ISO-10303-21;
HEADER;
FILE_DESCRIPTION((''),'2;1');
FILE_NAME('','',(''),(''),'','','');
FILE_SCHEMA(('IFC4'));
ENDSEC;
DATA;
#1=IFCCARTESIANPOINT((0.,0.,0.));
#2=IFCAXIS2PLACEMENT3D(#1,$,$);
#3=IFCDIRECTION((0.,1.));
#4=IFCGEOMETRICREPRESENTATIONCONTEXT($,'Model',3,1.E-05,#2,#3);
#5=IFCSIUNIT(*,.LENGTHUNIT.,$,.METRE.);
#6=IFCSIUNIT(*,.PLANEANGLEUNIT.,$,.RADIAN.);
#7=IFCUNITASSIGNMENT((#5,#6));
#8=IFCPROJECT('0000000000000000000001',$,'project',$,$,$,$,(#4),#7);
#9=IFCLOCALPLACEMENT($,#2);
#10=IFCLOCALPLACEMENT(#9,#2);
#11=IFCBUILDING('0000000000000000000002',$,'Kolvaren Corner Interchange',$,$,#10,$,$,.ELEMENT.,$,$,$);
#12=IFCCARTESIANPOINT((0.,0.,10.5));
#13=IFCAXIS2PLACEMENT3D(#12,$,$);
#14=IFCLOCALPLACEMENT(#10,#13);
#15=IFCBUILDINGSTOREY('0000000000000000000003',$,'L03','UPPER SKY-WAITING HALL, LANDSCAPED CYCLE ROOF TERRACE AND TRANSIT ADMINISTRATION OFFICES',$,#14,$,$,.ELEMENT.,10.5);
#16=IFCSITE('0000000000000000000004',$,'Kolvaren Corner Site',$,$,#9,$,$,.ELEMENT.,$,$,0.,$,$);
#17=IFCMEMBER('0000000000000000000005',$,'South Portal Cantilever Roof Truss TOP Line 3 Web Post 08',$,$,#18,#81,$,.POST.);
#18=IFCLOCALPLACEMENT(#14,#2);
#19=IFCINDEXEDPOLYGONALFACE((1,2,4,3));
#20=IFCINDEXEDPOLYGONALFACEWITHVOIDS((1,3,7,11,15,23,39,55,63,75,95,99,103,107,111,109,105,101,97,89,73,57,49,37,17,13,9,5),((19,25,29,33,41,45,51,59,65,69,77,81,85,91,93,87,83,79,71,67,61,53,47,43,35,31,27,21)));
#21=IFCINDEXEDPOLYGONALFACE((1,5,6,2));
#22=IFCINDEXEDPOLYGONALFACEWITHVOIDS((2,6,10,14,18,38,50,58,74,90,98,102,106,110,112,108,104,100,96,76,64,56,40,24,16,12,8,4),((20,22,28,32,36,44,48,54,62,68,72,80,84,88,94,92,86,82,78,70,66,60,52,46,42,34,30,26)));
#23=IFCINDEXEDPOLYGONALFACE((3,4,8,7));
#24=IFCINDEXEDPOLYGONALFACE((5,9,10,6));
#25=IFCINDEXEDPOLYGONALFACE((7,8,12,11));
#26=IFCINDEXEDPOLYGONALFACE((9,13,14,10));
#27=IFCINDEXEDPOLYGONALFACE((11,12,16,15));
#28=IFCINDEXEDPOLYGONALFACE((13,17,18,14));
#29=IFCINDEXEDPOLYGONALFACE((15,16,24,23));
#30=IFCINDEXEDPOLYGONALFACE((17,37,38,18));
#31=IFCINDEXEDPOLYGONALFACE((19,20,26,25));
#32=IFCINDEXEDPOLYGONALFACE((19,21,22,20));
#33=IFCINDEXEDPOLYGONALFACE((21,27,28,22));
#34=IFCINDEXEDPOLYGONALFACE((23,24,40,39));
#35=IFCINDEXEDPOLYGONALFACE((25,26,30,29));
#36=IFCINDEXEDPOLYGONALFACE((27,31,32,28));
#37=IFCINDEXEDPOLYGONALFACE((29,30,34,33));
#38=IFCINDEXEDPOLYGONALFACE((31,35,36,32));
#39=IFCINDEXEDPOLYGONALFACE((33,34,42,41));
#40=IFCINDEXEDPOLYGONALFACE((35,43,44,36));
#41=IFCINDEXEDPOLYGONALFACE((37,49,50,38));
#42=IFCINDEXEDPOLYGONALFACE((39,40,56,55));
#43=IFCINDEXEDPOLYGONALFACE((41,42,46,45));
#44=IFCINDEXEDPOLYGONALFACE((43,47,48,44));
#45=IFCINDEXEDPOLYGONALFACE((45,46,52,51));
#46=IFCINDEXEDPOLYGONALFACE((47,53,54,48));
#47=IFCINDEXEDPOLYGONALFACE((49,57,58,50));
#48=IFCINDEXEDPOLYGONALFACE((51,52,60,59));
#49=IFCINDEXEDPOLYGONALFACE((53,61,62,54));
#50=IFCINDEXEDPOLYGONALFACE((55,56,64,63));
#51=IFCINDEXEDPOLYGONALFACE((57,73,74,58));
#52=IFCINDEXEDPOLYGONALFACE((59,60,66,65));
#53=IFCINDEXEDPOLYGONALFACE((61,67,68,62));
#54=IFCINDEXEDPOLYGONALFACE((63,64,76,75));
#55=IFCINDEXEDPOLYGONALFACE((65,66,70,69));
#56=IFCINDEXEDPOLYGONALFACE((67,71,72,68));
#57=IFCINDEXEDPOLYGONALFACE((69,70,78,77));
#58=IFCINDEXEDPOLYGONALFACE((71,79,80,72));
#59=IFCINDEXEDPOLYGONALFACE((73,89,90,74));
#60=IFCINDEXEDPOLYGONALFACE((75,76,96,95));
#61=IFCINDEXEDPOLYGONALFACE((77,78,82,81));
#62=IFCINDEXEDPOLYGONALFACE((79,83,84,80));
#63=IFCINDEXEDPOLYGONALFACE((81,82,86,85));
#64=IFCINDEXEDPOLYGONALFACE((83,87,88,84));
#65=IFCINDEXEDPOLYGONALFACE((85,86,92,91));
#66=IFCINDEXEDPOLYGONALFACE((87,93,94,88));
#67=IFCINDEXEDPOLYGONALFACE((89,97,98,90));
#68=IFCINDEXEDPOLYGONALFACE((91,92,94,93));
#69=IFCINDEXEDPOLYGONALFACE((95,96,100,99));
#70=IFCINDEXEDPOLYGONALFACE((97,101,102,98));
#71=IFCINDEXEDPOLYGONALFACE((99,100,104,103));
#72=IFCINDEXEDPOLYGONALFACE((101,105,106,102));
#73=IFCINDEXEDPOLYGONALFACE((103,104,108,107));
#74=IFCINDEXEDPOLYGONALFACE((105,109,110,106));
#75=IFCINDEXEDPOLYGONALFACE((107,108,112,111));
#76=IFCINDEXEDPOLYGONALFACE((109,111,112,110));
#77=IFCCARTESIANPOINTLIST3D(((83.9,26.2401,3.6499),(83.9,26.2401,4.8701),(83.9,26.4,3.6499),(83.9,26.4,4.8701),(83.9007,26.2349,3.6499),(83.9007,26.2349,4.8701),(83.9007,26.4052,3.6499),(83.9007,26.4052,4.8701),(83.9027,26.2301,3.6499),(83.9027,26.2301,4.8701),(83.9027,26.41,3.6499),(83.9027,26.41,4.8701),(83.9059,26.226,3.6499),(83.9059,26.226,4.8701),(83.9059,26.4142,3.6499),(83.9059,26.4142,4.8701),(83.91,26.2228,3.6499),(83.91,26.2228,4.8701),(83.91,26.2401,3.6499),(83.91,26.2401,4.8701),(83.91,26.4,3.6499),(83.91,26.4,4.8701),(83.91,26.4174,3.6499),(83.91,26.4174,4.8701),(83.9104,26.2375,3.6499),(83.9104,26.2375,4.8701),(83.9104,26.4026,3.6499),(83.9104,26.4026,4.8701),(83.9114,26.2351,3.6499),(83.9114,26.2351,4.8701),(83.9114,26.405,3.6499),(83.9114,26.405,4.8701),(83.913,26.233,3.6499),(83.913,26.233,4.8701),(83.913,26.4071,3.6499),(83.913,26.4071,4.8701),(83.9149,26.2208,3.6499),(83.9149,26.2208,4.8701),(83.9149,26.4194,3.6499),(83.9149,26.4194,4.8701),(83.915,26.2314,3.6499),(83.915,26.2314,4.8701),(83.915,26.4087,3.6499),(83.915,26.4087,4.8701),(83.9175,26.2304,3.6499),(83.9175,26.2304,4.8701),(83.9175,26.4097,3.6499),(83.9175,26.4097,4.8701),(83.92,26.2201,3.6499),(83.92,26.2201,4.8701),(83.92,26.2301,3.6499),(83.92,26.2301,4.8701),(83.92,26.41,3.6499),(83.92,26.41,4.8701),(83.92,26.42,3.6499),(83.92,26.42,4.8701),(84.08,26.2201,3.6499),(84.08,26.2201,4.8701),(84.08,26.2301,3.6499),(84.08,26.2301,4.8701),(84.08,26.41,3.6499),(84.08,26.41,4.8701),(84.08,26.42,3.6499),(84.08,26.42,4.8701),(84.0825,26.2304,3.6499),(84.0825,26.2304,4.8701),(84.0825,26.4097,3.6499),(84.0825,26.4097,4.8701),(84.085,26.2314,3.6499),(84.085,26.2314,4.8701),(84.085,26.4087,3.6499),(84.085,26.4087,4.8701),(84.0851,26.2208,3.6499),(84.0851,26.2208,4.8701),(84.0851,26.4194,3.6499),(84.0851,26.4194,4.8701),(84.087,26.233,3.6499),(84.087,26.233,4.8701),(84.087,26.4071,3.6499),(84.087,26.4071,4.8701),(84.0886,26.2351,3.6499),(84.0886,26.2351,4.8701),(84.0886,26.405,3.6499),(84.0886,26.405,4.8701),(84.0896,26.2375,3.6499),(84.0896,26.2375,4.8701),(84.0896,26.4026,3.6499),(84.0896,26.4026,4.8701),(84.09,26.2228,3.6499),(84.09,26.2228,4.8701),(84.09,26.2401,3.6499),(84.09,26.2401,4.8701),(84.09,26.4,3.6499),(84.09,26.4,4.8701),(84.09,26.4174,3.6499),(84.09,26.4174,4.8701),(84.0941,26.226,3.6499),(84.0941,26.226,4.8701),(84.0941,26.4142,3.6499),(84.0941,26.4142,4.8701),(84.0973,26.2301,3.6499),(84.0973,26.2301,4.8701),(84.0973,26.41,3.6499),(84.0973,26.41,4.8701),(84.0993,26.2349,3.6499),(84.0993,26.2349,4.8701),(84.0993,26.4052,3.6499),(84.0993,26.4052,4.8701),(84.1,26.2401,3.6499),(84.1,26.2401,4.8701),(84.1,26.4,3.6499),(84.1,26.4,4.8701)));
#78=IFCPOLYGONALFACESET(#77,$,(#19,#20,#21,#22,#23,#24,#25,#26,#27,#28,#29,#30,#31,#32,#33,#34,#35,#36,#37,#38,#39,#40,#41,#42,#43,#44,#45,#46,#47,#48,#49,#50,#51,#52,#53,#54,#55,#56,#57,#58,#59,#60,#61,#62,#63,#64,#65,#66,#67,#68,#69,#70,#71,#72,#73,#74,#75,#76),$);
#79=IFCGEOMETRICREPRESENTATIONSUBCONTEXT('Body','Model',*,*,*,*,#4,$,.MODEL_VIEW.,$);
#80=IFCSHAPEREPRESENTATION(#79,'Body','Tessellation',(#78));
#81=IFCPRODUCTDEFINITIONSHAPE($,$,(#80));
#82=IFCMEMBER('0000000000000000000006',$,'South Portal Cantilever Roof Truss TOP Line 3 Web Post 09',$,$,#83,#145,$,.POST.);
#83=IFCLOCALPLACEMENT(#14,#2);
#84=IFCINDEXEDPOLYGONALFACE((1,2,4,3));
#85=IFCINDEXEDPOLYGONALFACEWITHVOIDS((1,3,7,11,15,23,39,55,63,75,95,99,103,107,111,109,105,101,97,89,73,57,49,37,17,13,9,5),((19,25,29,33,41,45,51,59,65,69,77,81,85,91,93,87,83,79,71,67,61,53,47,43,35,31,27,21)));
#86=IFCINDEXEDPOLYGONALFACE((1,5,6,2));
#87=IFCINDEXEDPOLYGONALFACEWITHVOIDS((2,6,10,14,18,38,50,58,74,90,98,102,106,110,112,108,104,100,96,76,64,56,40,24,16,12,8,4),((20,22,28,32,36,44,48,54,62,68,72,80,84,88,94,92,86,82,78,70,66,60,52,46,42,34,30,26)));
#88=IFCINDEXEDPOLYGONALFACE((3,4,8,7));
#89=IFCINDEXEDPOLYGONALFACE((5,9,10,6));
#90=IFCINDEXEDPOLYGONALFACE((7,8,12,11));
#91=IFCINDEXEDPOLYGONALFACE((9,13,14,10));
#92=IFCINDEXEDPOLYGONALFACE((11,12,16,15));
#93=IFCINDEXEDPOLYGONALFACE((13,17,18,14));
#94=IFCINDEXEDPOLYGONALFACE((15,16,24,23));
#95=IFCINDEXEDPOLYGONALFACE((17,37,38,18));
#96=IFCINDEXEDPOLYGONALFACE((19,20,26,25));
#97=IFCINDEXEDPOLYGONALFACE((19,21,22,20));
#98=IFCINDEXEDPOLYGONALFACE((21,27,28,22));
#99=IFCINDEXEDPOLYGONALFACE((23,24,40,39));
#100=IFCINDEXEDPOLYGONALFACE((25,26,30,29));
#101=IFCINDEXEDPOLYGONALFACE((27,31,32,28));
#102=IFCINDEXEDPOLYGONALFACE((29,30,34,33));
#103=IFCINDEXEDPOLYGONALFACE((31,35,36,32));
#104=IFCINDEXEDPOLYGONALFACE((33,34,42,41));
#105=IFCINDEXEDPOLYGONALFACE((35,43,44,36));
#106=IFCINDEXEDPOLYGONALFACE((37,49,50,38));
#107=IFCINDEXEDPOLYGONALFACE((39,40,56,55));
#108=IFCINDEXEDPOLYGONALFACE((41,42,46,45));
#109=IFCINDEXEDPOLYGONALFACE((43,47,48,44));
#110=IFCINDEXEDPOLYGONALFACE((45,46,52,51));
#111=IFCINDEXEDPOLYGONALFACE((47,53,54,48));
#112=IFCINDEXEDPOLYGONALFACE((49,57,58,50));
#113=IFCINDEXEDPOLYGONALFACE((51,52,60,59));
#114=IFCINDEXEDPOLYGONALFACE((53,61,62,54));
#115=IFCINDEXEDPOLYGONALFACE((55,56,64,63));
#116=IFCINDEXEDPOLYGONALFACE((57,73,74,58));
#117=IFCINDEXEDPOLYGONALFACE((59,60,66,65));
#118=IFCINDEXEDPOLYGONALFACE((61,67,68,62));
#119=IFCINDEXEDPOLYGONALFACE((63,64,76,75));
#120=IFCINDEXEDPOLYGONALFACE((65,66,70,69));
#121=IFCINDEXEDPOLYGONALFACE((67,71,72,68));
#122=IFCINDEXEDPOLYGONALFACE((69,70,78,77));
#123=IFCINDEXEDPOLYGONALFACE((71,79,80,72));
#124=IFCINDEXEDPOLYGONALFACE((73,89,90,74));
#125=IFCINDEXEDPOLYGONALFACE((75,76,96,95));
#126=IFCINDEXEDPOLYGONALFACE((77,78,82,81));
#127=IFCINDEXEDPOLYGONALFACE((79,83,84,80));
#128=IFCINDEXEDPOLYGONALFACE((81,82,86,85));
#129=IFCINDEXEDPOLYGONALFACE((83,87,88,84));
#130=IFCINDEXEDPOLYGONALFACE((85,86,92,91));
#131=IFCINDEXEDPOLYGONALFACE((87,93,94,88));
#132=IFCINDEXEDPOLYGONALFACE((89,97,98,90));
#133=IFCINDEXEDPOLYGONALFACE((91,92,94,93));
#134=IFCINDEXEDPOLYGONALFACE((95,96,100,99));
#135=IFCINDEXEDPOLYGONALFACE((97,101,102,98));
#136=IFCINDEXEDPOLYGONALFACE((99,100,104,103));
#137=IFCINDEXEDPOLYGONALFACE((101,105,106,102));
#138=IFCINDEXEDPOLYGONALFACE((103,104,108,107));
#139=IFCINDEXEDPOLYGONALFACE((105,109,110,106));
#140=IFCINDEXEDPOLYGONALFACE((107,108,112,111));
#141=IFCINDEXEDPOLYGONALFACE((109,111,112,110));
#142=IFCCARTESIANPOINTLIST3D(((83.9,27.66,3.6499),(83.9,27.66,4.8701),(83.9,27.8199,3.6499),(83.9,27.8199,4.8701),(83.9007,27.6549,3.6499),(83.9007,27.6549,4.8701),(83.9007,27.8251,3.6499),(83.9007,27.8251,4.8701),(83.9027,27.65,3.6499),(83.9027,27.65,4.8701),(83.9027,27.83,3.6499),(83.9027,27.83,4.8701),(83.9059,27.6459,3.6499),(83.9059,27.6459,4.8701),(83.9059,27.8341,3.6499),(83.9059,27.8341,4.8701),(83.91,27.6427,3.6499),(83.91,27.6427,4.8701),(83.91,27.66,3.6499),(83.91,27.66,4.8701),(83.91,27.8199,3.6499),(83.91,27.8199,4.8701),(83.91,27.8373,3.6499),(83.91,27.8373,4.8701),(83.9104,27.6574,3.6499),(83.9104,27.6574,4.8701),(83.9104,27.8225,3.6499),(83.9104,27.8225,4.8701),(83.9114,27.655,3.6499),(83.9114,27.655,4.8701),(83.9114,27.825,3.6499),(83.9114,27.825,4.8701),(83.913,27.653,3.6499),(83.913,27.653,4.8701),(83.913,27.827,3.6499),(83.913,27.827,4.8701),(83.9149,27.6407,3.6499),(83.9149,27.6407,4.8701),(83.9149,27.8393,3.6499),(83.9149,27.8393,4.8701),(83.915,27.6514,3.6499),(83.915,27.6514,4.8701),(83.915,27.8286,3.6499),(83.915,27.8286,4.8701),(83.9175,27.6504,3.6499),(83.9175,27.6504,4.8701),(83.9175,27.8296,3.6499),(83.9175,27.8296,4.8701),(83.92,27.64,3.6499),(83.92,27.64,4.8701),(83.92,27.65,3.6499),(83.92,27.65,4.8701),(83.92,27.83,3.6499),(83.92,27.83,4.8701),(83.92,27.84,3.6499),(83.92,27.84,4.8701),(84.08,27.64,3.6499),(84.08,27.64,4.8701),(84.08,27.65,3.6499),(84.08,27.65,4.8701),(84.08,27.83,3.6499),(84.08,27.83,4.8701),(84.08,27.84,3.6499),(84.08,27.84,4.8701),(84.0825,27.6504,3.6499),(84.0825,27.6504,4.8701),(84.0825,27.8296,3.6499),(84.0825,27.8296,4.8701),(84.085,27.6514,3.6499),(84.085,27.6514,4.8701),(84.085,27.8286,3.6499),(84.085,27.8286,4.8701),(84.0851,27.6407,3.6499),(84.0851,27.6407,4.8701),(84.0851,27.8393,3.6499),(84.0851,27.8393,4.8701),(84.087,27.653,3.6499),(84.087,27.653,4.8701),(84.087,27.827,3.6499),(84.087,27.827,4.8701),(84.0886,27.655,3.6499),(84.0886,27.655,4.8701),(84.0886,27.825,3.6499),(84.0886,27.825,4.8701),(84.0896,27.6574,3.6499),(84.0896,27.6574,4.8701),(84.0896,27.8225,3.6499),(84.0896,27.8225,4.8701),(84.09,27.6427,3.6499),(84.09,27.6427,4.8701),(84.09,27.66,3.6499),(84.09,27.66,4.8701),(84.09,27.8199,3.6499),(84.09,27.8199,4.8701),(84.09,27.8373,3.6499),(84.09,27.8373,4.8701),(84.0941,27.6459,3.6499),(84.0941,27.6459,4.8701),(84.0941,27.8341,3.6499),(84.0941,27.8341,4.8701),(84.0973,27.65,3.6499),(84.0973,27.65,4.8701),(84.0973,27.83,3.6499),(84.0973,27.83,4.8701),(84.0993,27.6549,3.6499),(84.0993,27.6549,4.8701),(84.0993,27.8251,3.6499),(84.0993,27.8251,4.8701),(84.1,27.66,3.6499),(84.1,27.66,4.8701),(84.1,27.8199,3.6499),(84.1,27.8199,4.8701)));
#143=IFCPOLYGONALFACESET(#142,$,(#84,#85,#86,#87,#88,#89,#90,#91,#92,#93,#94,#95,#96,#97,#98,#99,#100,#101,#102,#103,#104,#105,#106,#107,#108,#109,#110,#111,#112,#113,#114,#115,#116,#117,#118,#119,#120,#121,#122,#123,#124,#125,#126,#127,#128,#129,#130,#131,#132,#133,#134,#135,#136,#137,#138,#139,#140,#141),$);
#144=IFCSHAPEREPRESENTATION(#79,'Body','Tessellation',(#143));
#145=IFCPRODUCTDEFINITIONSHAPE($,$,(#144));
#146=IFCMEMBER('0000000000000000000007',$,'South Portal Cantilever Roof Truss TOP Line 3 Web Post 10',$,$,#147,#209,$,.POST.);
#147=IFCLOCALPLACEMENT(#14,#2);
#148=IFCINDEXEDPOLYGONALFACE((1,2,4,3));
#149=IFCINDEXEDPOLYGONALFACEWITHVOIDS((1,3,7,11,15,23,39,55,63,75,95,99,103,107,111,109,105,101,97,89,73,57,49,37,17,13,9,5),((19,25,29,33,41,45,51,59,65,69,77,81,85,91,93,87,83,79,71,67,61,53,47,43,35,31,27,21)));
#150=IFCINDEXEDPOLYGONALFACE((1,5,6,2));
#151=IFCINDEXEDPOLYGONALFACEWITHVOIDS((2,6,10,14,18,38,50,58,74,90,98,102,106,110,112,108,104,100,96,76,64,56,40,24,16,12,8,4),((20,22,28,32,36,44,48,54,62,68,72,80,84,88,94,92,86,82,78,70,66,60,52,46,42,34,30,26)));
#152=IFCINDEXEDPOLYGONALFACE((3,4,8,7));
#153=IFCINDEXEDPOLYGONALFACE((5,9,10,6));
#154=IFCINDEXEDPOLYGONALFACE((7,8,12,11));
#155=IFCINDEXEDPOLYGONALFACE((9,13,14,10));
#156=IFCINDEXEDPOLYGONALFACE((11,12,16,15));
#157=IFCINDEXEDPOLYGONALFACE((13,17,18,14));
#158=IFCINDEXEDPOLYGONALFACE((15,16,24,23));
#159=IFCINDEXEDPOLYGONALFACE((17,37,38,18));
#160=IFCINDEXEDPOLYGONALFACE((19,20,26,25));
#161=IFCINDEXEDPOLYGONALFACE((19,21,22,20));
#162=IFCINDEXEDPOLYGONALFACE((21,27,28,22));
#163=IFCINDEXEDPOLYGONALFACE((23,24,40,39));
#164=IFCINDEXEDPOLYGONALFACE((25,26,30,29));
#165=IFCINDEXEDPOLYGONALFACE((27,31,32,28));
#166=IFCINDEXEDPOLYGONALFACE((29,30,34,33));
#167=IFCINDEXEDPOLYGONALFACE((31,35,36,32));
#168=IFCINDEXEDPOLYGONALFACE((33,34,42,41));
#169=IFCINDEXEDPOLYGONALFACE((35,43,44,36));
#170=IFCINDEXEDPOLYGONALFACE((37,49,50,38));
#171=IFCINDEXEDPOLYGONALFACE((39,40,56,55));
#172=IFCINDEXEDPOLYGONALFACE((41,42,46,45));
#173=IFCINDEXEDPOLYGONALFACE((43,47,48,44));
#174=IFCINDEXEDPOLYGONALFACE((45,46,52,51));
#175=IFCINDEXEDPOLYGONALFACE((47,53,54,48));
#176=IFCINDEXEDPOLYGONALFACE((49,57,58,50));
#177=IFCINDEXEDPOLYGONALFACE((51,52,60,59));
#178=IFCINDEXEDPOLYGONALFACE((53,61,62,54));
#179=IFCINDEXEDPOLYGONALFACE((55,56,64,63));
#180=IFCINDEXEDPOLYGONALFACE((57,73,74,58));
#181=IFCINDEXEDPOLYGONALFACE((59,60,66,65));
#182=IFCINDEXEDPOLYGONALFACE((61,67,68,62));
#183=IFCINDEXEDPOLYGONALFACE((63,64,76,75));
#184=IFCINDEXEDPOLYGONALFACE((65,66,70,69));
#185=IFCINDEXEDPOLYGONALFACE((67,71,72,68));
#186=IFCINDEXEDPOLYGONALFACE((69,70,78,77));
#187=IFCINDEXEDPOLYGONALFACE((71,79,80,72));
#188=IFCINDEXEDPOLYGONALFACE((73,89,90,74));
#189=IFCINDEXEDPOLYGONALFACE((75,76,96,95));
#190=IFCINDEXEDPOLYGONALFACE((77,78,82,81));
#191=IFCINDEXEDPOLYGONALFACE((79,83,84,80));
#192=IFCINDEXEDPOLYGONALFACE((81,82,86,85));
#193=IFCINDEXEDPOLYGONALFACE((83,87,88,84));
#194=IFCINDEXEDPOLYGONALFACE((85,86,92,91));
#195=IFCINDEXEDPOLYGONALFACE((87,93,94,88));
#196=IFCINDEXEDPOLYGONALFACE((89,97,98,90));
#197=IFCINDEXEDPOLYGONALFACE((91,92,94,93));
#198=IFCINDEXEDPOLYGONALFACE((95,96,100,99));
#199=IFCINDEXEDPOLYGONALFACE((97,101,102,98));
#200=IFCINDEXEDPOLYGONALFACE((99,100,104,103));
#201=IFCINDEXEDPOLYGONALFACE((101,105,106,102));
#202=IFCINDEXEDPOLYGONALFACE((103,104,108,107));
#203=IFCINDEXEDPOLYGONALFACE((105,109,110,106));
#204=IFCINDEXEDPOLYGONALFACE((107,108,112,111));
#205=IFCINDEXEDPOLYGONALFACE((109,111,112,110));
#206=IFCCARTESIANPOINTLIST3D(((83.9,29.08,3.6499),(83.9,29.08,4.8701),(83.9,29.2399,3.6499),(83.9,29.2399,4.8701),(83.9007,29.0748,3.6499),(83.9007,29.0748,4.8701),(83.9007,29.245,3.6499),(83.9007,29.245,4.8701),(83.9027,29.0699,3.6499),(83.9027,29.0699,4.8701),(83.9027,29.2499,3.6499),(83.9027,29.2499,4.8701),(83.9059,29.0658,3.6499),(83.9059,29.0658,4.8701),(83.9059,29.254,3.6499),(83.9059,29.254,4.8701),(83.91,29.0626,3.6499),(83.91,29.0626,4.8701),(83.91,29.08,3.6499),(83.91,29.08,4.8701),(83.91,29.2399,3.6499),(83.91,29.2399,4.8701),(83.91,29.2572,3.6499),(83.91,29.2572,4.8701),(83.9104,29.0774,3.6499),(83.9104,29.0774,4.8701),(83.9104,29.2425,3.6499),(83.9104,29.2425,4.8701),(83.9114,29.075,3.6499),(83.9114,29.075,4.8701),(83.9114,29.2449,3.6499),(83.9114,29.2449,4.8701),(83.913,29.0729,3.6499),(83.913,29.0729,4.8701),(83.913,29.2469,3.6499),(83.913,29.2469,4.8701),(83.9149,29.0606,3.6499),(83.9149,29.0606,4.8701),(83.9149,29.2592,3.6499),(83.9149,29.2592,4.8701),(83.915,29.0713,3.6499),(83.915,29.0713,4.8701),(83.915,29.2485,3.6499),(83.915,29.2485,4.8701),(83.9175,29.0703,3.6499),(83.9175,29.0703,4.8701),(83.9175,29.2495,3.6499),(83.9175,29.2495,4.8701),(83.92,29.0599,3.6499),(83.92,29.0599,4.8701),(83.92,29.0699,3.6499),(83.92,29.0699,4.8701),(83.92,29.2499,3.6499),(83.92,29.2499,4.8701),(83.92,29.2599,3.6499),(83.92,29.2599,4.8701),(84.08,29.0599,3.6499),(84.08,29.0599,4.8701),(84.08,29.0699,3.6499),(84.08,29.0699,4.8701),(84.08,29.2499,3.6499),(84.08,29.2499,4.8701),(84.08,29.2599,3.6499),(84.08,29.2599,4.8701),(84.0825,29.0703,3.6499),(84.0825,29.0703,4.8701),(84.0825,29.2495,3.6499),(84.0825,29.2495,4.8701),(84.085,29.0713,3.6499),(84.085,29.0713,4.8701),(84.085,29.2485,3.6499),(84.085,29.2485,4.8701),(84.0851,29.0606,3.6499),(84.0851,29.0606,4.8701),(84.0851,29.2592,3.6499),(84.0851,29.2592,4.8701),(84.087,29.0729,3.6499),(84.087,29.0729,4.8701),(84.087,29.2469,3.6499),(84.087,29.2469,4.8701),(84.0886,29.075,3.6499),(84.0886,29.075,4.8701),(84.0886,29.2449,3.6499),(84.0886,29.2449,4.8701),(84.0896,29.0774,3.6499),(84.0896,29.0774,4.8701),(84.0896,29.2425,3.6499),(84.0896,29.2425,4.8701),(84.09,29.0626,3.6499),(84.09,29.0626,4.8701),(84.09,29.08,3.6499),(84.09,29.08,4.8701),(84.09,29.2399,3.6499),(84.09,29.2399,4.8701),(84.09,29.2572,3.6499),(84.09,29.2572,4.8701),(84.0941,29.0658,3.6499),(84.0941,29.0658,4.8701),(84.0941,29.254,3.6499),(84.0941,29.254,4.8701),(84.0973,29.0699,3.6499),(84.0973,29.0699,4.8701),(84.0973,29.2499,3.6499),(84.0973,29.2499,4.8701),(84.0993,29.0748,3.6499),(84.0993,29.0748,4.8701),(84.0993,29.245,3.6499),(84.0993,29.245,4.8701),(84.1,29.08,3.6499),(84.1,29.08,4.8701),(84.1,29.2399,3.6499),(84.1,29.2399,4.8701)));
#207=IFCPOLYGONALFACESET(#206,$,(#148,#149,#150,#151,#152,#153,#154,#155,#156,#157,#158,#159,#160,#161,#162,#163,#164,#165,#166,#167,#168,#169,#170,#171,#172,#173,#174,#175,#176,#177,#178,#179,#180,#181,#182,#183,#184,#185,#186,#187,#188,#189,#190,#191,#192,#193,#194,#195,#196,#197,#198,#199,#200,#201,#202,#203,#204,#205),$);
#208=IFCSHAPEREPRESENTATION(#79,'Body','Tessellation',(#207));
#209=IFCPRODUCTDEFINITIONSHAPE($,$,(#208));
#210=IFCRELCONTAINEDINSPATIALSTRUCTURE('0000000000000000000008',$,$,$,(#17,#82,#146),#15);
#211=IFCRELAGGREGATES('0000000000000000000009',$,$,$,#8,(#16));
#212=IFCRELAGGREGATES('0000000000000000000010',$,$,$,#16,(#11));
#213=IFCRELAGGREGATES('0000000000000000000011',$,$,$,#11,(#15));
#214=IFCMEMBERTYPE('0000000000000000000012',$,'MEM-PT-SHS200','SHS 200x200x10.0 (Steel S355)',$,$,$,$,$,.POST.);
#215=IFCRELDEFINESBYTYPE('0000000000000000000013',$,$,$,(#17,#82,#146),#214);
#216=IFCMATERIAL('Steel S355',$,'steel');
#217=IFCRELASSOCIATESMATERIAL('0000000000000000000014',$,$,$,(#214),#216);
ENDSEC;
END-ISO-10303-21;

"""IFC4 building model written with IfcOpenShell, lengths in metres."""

from ifc_helpers import new_model, si_unit, direction, frame, origin, origin_2d, place, context, subcontext, project, spatial, hollow_rectangle, extrude, material, material_profile, profile_set, type_object, element, save


model = new_model("IFC4")

# Units and contexts
model_context = context("Model", 3, precision=1e-05, world=origin(), true_north=direction((0.0, 1.0)))
body_context = subcontext(model_context, "Body", "Model", "MODEL_VIEW")
ifc_project = project(units=[si_unit("LENGTHUNIT", "METRE"), si_unit("PLANEANGLEUNIT", "RADIAN")], contexts=[model_context])

# Site, building, storey
site_placement = place(None, origin())
site = spatial("IfcSite", under=ifc_project, at=site_placement, Name="Kolvaren Corner Site", CompositionType="ELEMENT", RefElevation=0.0)
building_placement = place(site_placement, origin())
building = spatial("IfcBuilding", under=site, at=building_placement, Name="Kolvaren Corner Interchange", CompositionType="ELEMENT")
storey_placement = place(building_placement, frame((0.0, 0.0, 10.5)))
storey = spatial("IfcBuildingStorey", under=building, at=storey_placement, Name="L03", Description="UPPER SKY-WAITING HALL, LANDSCAPED CYCLE ROOF TERRACE AND TRANSIT ADMINISTRATION OFFICES", CompositionType="ELEMENT", Elevation=10.5)

# Members
ifc_material_1 = material(Name="Steel S355", Category="steel")
ifc_material_profile_1 = material_profile(ifc_material_1, hollow_rectangle(XDim=0.2, YDim=0.2, WallThickness=0.01, InnerFilletRadius=0.01, OuterFilletRadius=0.02, at=origin_2d()), Name="SHS 200x200x10.0")
ifc_profile_set_1 = profile_set([ifc_material_profile_1], Name="Steel S355")
member_type_1 = type_object("IfcMemberType", Name="MEM-PT-SHS200", Description="SHS 200x200x10.0 (Steel S355)", PredefinedType="POST", material=ifc_profile_set_1)
for number, where, z_axis, x_axis, name in (
    (1, (84.0, 26.3201, 3.6499), (0.0, 0.0, 1.0), (1.0, 0.0, 0.0), "South Portal Cantilever Roof Truss TOP Line 3 Web Post 08"),
    (2, (84.0, 27.74, 3.6499), (0.0, 0.0, 1.0), (1.0, 0.0, 0.0), "South Portal Cantilever Roof Truss TOP Line 3 Web Post 09"),
    (3, (84.0, 29.1599, 3.6499), (0.0, 0.0, 1.0), (1.0, 0.0, 0.0), "South Portal Cantilever Roof Truss TOP Line 3 Web Post 10"),
):
    element("IfcMember", number, at=place(storey_placement, frame(where, z_axis=z_axis, x_axis=x_axis)), inside=storey, type_object=member_type_1, Name=name, PredefinedType="POST", context=body_context, shape_type="SweptSolid", body=[
        extrude(hollow_rectangle(XDim=0.2, YDim=0.2, WallThickness=0.01, InnerFilletRadius=0.01, OuterFilletRadius=0.02, at=origin_2d()), origin(), (0.0, 0.0, 1.0), 1.2202),
    ])

save(model, "model.ifc")
